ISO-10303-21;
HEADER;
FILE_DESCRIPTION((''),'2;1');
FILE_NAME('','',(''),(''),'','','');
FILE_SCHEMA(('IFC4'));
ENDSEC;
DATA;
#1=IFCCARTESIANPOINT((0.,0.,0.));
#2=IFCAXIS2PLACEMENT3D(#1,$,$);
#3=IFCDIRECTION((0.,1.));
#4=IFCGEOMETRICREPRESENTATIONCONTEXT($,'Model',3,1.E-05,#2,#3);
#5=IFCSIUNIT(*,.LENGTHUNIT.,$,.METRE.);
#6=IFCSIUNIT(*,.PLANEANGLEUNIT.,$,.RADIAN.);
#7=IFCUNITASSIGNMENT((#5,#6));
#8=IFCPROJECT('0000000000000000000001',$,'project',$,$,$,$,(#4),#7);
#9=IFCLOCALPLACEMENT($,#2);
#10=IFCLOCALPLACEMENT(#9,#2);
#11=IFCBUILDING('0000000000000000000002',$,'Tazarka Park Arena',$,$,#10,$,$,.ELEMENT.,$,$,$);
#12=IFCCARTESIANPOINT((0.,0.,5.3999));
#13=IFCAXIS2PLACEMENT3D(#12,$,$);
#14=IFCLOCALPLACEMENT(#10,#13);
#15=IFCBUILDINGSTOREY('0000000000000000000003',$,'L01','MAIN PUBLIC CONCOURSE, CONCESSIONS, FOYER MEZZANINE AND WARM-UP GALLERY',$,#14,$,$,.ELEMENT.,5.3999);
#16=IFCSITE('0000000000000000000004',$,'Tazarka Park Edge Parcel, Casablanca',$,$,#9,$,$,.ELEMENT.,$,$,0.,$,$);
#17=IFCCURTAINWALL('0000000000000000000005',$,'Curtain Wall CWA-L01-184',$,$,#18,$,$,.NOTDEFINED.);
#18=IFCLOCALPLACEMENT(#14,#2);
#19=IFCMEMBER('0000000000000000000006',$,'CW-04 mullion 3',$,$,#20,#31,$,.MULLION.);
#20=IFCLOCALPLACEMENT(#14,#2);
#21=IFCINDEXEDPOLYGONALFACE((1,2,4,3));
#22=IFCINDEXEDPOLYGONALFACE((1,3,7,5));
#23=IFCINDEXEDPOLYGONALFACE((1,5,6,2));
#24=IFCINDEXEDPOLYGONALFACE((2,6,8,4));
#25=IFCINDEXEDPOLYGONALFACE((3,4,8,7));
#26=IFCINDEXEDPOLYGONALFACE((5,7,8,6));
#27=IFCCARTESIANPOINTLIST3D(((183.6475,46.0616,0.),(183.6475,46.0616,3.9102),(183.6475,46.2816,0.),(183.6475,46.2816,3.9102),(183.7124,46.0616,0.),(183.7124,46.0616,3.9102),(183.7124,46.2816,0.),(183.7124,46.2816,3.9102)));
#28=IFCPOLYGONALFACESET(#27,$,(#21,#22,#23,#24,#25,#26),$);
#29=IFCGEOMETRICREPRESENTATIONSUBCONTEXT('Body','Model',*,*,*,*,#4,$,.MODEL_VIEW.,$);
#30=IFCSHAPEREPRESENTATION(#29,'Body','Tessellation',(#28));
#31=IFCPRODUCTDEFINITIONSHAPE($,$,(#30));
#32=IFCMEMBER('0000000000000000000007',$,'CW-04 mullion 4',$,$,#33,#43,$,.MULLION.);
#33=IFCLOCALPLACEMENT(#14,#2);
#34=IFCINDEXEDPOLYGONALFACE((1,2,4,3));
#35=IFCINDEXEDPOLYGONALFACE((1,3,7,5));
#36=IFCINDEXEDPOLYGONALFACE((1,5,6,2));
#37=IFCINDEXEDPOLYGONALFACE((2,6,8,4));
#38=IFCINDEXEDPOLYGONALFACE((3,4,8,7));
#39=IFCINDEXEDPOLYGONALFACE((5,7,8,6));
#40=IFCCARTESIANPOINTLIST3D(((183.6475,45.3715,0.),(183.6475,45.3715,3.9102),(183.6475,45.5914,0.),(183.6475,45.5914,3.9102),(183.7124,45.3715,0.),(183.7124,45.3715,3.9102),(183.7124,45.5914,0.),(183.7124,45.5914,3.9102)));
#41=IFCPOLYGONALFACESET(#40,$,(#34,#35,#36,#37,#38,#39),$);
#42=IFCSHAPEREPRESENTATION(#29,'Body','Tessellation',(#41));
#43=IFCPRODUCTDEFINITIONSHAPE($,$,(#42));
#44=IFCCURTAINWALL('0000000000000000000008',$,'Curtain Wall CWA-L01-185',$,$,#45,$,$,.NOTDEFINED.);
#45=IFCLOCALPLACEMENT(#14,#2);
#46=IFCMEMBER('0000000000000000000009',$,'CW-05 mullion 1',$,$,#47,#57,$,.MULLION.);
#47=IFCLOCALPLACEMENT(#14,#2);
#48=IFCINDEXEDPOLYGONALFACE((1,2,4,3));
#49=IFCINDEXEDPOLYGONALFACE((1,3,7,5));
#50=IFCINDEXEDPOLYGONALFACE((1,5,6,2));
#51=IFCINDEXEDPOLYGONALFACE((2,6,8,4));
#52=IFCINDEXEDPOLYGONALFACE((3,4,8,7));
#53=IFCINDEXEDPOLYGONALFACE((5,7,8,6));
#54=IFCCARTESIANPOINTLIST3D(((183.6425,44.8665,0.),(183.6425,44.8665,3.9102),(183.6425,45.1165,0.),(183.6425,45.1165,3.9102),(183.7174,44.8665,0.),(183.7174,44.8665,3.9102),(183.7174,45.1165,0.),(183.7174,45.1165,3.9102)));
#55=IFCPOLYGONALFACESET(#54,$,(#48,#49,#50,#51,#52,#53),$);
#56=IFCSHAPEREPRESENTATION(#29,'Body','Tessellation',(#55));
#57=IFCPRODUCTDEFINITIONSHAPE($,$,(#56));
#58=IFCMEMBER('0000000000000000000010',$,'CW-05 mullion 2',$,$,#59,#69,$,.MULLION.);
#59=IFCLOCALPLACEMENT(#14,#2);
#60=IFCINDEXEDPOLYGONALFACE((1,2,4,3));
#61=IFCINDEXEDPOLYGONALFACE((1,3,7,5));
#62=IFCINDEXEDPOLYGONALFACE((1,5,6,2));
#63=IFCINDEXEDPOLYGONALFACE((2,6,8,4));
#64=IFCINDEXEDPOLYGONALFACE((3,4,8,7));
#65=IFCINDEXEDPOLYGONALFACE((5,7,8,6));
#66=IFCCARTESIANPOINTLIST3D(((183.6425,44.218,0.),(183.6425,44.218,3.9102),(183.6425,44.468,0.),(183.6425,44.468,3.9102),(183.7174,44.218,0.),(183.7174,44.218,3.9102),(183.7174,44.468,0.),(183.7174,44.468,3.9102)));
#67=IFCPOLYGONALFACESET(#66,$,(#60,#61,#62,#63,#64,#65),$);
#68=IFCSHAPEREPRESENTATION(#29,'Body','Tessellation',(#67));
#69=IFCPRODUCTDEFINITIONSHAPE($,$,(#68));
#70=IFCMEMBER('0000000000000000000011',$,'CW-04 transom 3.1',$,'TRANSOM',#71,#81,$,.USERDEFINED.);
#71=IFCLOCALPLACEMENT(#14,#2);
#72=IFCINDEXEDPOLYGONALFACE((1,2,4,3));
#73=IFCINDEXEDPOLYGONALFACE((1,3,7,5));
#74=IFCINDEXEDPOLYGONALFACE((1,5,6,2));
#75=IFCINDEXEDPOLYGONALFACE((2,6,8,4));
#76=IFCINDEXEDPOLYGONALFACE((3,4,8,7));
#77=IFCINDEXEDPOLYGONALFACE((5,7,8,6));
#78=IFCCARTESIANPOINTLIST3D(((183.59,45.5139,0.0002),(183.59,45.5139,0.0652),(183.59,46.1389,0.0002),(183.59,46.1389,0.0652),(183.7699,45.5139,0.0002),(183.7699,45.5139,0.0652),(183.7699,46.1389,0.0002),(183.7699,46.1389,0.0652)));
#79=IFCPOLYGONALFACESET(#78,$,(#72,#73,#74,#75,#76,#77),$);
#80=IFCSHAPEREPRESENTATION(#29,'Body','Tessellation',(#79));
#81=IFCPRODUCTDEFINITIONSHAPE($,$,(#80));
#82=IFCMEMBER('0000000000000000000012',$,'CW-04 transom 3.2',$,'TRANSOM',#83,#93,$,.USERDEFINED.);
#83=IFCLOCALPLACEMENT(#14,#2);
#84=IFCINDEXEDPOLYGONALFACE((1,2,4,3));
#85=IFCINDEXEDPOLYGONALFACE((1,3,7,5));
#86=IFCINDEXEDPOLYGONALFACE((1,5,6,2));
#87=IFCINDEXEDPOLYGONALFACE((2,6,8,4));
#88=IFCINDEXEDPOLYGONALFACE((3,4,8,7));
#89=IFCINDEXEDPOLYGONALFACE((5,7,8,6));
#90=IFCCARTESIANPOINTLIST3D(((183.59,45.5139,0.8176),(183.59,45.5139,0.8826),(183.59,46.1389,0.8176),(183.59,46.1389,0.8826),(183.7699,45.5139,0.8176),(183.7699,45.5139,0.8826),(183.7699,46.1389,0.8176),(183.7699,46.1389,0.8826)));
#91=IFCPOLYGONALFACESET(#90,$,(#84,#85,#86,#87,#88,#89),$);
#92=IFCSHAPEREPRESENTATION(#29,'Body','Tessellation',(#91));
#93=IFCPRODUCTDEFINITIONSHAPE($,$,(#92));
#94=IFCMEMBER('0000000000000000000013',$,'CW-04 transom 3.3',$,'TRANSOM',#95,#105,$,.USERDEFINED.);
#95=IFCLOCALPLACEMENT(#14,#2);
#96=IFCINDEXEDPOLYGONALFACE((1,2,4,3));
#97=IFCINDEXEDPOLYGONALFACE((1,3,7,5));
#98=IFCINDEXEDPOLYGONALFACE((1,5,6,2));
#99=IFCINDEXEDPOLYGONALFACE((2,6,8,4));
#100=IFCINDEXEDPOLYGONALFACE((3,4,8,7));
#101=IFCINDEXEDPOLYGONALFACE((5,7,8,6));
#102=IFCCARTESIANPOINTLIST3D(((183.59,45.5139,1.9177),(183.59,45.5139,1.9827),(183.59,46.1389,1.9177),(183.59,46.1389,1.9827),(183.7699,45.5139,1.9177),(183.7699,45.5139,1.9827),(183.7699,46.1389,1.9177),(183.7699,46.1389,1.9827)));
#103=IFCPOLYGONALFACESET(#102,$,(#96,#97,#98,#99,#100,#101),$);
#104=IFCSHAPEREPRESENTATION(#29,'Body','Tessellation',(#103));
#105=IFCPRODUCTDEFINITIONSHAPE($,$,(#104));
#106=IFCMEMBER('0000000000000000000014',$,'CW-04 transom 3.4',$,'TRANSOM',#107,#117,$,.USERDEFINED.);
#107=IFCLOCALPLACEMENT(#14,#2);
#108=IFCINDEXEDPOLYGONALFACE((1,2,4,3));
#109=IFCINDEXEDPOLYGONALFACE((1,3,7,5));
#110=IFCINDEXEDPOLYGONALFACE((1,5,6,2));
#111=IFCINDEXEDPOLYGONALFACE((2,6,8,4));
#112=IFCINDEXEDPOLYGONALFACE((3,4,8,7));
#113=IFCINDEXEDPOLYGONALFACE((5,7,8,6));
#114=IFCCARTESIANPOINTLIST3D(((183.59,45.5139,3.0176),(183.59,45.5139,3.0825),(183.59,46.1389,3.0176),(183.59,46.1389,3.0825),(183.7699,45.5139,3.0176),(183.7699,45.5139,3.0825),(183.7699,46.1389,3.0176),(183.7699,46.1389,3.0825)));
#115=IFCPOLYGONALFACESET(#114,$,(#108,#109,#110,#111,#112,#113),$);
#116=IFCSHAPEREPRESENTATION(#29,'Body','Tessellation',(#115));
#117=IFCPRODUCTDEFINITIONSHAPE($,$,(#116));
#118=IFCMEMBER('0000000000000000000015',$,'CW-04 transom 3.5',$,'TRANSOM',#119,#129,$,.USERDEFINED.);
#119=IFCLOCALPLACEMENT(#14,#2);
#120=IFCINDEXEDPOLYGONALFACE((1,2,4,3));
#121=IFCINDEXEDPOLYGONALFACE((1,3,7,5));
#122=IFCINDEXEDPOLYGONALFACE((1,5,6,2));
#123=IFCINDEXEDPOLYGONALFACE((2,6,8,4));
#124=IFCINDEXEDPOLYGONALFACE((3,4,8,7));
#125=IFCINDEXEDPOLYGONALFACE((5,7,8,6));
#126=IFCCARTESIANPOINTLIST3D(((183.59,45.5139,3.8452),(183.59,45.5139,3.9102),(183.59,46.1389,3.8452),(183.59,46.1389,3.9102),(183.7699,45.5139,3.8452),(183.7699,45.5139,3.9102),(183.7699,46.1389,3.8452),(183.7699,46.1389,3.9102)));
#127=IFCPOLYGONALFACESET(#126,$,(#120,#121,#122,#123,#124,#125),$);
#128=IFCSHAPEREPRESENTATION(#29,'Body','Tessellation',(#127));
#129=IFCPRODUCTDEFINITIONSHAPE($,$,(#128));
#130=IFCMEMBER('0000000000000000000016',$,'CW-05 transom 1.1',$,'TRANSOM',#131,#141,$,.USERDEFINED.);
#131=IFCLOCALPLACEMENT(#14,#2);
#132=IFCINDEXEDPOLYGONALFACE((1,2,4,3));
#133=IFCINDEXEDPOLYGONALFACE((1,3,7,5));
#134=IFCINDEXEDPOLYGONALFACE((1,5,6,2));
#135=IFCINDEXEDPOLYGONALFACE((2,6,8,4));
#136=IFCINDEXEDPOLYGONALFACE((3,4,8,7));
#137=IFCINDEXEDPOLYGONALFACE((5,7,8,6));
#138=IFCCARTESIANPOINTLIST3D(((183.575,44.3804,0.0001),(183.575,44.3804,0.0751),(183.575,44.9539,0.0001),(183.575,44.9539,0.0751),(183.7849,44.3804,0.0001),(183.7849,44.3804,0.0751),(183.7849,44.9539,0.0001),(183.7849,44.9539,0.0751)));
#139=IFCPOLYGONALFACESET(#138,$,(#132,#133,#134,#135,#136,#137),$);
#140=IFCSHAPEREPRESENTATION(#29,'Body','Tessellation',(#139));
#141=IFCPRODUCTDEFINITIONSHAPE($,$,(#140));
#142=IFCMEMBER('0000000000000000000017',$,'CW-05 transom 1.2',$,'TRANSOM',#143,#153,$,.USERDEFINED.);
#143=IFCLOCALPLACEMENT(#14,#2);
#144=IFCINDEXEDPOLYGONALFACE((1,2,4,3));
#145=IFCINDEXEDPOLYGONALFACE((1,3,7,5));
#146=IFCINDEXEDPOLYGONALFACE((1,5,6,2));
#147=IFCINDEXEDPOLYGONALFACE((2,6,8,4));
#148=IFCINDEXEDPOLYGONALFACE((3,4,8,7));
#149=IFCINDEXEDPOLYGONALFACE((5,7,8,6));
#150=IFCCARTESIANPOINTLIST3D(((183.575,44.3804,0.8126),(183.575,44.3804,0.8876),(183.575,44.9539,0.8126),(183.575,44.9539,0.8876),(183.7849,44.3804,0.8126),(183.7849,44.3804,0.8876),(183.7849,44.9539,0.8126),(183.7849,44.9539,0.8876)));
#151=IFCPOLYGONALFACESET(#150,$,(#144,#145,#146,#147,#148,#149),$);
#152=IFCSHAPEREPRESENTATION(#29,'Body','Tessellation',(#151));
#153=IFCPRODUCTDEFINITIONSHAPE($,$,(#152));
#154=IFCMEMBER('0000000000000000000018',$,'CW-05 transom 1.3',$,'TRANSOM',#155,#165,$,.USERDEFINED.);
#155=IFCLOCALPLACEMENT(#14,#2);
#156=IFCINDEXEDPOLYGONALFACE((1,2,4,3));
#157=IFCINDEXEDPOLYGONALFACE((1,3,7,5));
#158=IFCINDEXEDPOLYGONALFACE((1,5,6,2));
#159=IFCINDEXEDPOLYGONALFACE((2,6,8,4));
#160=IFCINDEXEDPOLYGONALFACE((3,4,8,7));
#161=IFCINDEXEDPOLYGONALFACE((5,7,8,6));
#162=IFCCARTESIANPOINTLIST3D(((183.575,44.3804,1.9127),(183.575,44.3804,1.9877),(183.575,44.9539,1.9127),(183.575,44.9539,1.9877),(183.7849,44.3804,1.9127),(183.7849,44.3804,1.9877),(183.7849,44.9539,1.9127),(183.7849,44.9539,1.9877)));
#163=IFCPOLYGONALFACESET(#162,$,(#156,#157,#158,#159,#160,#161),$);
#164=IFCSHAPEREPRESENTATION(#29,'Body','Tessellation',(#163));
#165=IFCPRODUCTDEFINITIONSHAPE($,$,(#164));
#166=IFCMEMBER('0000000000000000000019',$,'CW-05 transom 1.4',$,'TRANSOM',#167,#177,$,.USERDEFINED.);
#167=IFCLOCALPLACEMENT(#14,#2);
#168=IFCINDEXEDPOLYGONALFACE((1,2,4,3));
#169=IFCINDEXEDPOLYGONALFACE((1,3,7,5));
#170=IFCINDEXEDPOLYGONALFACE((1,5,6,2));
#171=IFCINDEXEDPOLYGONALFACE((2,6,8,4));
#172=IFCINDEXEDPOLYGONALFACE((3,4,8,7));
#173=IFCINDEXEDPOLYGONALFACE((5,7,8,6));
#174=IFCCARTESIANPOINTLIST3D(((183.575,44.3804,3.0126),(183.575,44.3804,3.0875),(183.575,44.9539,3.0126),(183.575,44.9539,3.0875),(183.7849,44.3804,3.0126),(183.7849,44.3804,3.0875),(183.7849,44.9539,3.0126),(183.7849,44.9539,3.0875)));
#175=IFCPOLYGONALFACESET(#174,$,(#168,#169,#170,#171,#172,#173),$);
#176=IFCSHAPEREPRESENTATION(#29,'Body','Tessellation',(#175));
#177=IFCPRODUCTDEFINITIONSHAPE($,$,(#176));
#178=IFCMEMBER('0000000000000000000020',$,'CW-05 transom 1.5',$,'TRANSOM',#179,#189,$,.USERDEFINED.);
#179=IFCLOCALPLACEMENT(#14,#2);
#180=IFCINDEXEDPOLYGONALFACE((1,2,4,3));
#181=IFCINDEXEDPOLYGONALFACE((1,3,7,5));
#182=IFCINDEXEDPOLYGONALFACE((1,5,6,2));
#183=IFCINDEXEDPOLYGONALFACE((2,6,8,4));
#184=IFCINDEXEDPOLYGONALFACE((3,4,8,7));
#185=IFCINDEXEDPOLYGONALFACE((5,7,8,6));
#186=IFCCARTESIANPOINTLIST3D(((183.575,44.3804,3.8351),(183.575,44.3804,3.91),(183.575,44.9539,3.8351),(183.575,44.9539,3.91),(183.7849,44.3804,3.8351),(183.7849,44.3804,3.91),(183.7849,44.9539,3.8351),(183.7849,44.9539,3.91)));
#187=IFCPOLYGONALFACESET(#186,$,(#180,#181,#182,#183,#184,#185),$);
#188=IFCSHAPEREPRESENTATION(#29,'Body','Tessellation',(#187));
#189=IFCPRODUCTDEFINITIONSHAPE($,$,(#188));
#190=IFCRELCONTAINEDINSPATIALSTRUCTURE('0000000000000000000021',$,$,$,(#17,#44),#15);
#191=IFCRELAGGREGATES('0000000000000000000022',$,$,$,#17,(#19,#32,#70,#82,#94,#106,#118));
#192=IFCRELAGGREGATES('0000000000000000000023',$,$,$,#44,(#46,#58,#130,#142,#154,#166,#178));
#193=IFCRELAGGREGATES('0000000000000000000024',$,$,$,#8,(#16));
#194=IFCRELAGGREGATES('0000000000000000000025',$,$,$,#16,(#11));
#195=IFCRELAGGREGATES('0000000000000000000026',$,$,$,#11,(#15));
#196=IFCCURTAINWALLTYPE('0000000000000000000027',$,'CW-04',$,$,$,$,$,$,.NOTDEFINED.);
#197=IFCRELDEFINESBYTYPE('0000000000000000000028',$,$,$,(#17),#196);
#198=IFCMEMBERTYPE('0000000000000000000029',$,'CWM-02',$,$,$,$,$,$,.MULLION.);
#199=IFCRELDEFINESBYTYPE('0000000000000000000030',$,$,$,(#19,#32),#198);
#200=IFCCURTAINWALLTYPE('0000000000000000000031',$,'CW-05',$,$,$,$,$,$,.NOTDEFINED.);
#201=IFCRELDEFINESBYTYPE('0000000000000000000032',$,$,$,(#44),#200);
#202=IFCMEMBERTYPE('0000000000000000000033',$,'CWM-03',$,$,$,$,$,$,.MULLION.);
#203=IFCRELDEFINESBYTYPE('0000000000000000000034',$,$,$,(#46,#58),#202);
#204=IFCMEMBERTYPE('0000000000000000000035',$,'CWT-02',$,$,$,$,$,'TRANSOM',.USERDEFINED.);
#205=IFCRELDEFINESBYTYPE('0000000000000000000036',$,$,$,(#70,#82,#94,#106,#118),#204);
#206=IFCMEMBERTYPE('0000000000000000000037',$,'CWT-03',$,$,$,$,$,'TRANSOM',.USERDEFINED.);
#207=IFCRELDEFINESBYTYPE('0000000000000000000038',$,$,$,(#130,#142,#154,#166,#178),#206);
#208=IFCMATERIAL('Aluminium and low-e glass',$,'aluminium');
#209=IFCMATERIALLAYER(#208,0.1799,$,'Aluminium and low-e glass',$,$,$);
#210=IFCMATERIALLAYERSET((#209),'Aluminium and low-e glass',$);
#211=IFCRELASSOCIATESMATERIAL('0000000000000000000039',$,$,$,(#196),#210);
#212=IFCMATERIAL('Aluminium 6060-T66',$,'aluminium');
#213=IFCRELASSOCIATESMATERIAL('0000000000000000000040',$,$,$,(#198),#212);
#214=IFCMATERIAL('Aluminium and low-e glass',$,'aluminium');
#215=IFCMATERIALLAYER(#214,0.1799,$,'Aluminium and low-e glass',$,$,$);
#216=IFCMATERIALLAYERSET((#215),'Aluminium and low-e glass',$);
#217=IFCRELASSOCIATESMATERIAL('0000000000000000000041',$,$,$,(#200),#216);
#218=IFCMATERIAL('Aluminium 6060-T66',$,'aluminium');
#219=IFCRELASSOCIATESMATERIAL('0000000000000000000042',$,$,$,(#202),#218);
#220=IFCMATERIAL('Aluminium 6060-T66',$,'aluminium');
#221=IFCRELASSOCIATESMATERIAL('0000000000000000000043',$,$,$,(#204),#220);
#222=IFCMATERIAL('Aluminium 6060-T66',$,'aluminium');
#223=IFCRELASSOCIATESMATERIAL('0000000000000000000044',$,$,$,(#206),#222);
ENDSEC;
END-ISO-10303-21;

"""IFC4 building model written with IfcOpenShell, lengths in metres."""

from ifc_helpers import new_model, si_unit, direction, frame, origin, origin_2d, place, context, subcontext, project, spatial, rectangle, extrude, material, layer, layer_set, material_profile, profile_set, type_object, element, aggregate, save


model = new_model("IFC4")

# Units and contexts
model_context = context("Model", 3, precision=1e-05, world=origin(), true_north=direction((0.0, 1.0)))
body_context = subcontext(model_context, "Body", "Model", "MODEL_VIEW")
ifc_project = project(units=[si_unit("LENGTHUNIT", "METRE"), si_unit("PLANEANGLEUNIT", "RADIAN")], contexts=[model_context])

# Site, building, storey
site_placement = place(None, origin())
site = spatial("IfcSite", under=ifc_project, at=site_placement, Name="Tazarka Park Edge Parcel, Casablanca", CompositionType="ELEMENT", RefElevation=0.0)
building_placement = place(site_placement, origin())
building = spatial("IfcBuilding", under=site, at=building_placement, Name="Tazarka Park Arena", CompositionType="ELEMENT")
storey_placement = place(building_placement, frame((0.0, 0.0, 5.3999)))
storey = spatial("IfcBuildingStorey", under=building, at=storey_placement, Name="L01", Description="MAIN PUBLIC CONCOURSE, CONCESSIONS, FOYER MEZZANINE AND WARM-UP GALLERY", CompositionType="ELEMENT", Elevation=5.3999)

# Curtain walls, members
ifc_material_1 = material(Name="Aluminium and low-e glass", Category="aluminium")
ifc_layer_1 = layer(ifc_material_1, 0.1799, Name="Aluminium and low-e glass")
ifc_layer_set_1 = layer_set([ifc_layer_1], Name="Aluminium and low-e glass")
curtain_wall_type_1 = type_object("IfcCurtainWallType", Name="CW-04", PredefinedType="NOTDEFINED", material=ifc_layer_set_1)
curtain_wall_1_placement = place(storey_placement, origin())
curtain_wall_1 = element("IfcCurtainWall", 1, at=curtain_wall_1_placement, inside=storey, type_object=curtain_wall_type_1, Name="Curtain Wall CWA-L01-184", PredefinedType="NOTDEFINED")
ifc_material_2 = material(Name="Aluminium 6060-T66", Category="aluminium")
ifc_material_profile_1 = material_profile(ifc_material_2, rectangle(XDim=0.0649, YDim=0.22, at=origin_2d()), Name="Aluminium 6060-T66")
ifc_profile_set_1 = profile_set([ifc_material_profile_1], Name="Aluminium 6060-T66")
member_type_1 = type_object("IfcMemberType", Name="CWM-02", PredefinedType="MULLION", material=ifc_profile_set_1)
member_1_placement = place(storey_placement, frame((183.6799, 46.1716, 0.0), z_axis=(0.0, 0.0, 1.0), x_axis=(1.0, 0.0, 0.0)))
member_1 = element("IfcMember", 2, at=member_1_placement, type_object=member_type_1, Name="CW-04 mullion 3", PredefinedType="MULLION", context=body_context, shape_type="SweptSolid", body=[
    extrude(rectangle(XDim=0.0649, YDim=0.22, at=origin_2d()), origin(), (0.0, 0.0, 1.0), 3.9102),
])
member_2_placement = place(storey_placement, frame((183.6799, 45.4814, 0.0), z_axis=(0.0, 0.0, 1.0), x_axis=(1.0, 0.0, 0.0)))
member_2 = element("IfcMember", 3, at=member_2_placement, type_object=member_type_1, Name="CW-04 mullion 4", PredefinedType="MULLION", context=body_context, shape_type="SweptSolid", body=[
    extrude(rectangle(XDim=0.0649, YDim=0.22, at=origin_2d()), origin(), (0.0, 0.0, 1.0), 3.9102),
])
ifc_material_3 = material(Name="Aluminium and low-e glass", Category="aluminium")
ifc_layer_2 = layer(ifc_material_3, 0.1799, Name="Aluminium and low-e glass")
ifc_layer_set_2 = layer_set([ifc_layer_2], Name="Aluminium and low-e glass")
curtain_wall_type_2 = type_object("IfcCurtainWallType", Name="CW-05", PredefinedType="NOTDEFINED", material=ifc_layer_set_2)
curtain_wall_2_placement = place(storey_placement, origin())
curtain_wall_2 = element("IfcCurtainWall", 4, at=curtain_wall_2_placement, inside=storey, type_object=curtain_wall_type_2, Name="Curtain Wall CWA-L01-185", PredefinedType="NOTDEFINED")
ifc_material_4 = material(Name="Aluminium 6060-T66", Category="aluminium")
ifc_material_profile_2 = material_profile(ifc_material_4, rectangle(XDim=0.075, YDim=0.25, at=origin_2d()), Name="Aluminium 6060-T66")
ifc_profile_set_2 = profile_set([ifc_material_profile_2], Name="Aluminium 6060-T66")
member_type_2 = type_object("IfcMemberType", Name="CWM-03", PredefinedType="MULLION", material=ifc_profile_set_2)
member_3_placement = place(storey_placement, frame((183.6799, 44.9915, 0.0), z_axis=(0.0, 0.0, 1.0), x_axis=(1.0, 0.0, 0.0)))
member_3 = element("IfcMember", 5, at=member_3_placement, type_object=member_type_2, Name="CW-05 mullion 1", PredefinedType="MULLION", context=body_context, shape_type="SweptSolid", body=[
    extrude(rectangle(XDim=0.075, YDim=0.25, at=origin_2d()), origin(), (0.0, 0.0, 1.0), 3.9102),
])
member_4_placement = place(storey_placement, frame((183.6799, 44.343, 0.0), z_axis=(0.0, 0.0, 1.0), x_axis=(1.0, 0.0, 0.0)))
member_4 = element("IfcMember", 6, at=member_4_placement, type_object=member_type_2, Name="CW-05 mullion 2", PredefinedType="MULLION", context=body_context, shape_type="SweptSolid", body=[
    extrude(rectangle(XDim=0.075, YDim=0.25, at=origin_2d()), origin(), (0.0, 0.0, 1.0), 3.9102),
])

# Members
ifc_material_5 = material(Name="Aluminium 6060-T66", Category="aluminium")
ifc_material_profile_3 = material_profile(ifc_material_5, rectangle(XDim=0.1799, YDim=0.0649, at=origin_2d()), Name="Aluminium 6060-T66")
ifc_profile_set_3 = profile_set([ifc_material_profile_3], Name="Aluminium 6060-T66")
member_type_3 = type_object("IfcMemberType", Name="CWT-02", ElementType="TRANSOM", PredefinedType="USERDEFINED", material=ifc_profile_set_3)
member_5_placement = place(storey_placement, frame((183.6799, 46.1389, 0.0327), z_axis=(0.0, -1.0, 0.0), x_axis=(1.0, 0.0, 0.0)))
member_5 = element("IfcMember", 7, at=member_5_placement, type_object=member_type_3, Name="CW-04 transom 3.1", ObjectType="TRANSOM", PredefinedType="USERDEFINED", context=body_context, shape_type="SweptSolid", body=[
    extrude(rectangle(XDim=0.1799, YDim=0.0649, at=origin_2d()), origin(), (0.0, 0.0, 1.0), 0.625),
])
member_6_placement = place(storey_placement, frame((183.6799, 46.1389, 0.8501), z_axis=(0.0, -1.0, 0.0), x_axis=(1.0, 0.0, 0.0)))
member_6 = element("IfcMember", 8, at=member_6_placement, type_object=member_type_3, Name="CW-04 transom 3.2", ObjectType="TRANSOM", PredefinedType="USERDEFINED", context=body_context, shape_type="SweptSolid", body=[
    extrude(rectangle(XDim=0.1799, YDim=0.0649, at=origin_2d()), origin(), (0.0, 0.0, 1.0), 0.625),
])
member_7_placement = place(storey_placement, frame((183.6799, 46.1389, 1.9502), z_axis=(0.0, -1.0, 0.0), x_axis=(1.0, 0.0, 0.0)))
member_7 = element("IfcMember", 9, at=member_7_placement, type_object=member_type_3, Name="CW-04 transom 3.3", ObjectType="TRANSOM", PredefinedType="USERDEFINED", context=body_context, shape_type="SweptSolid", body=[
    extrude(rectangle(XDim=0.1799, YDim=0.0649, at=origin_2d()), origin(), (0.0, 0.0, 1.0), 0.625),
])
member_8_placement = place(storey_placement, frame((183.6799, 46.1389, 3.05), z_axis=(0.0, -1.0, 0.0), x_axis=(1.0, 0.0, 0.0)))
member_8 = element("IfcMember", 10, at=member_8_placement, type_object=member_type_3, Name="CW-04 transom 3.4", ObjectType="TRANSOM", PredefinedType="USERDEFINED", context=body_context, shape_type="SweptSolid", body=[
    extrude(rectangle(XDim=0.1799, YDim=0.0649, at=origin_2d()), origin(), (0.0, 0.0, 1.0), 0.625),
])
member_9_placement = place(storey_placement, frame((183.6799, 46.1389, 3.8777), z_axis=(0.0, -1.0, 0.0), x_axis=(1.0, 0.0, 0.0)))
member_9 = element("IfcMember", 11, at=member_9_placement, type_object=member_type_3, Name="CW-04 transom 3.5", ObjectType="TRANSOM", PredefinedType="USERDEFINED", context=body_context, shape_type="SweptSolid", body=[
    extrude(rectangle(XDim=0.1799, YDim=0.0649, at=origin_2d()), origin(), (0.0, 0.0, 1.0), 0.625),
])
ifc_material_6 = material(Name="Aluminium 6060-T66", Category="aluminium")
ifc_material_profile_4 = material_profile(ifc_material_6, rectangle(XDim=0.21, YDim=0.075, at=origin_2d()), Name="Aluminium 6060-T66")
ifc_profile_set_4 = profile_set([ifc_material_profile_4], Name="Aluminium 6060-T66")
member_type_4 = type_object("IfcMemberType", Name="CWT-03", ElementType="TRANSOM", PredefinedType="USERDEFINED", material=ifc_profile_set_4)
member_10_placement = place(storey_placement, frame((183.6799, 44.9539, 0.0376), z_axis=(0.0, -1.0, 0.0), x_axis=(1.0, 0.0, 0.0)))
member_10 = element("IfcMember", 12, at=member_10_placement, type_object=member_type_4, Name="CW-05 transom 1.1", ObjectType="TRANSOM", PredefinedType="USERDEFINED", context=body_context, shape_type="SweptSolid", body=[
    extrude(rectangle(XDim=0.21, YDim=0.075, at=origin_2d()), origin(), (0.0, 0.0, 1.0), 0.5735),
])
member_11_placement = place(storey_placement, frame((183.6799, 44.9539, 0.8501), z_axis=(0.0, -1.0, 0.0), x_axis=(1.0, 0.0, 0.0)))
member_11 = element("IfcMember", 13, at=member_11_placement, type_object=member_type_4, Name="CW-05 transom 1.2", ObjectType="TRANSOM", PredefinedType="USERDEFINED", context=body_context, shape_type="SweptSolid", body=[
    extrude(rectangle(XDim=0.21, YDim=0.075, at=origin_2d()), origin(), (0.0, 0.0, 1.0), 0.5735),
])
member_12_placement = place(storey_placement, frame((183.6799, 44.9539, 1.9502), z_axis=(0.0, -1.0, 0.0), x_axis=(1.0, 0.0, 0.0)))
member_12 = element("IfcMember", 14, at=member_12_placement, type_object=member_type_4, Name="CW-05 transom 1.3", ObjectType="TRANSOM", PredefinedType="USERDEFINED", context=body_context, shape_type="SweptSolid", body=[
    extrude(rectangle(XDim=0.21, YDim=0.075, at=origin_2d()), origin(), (0.0, 0.0, 1.0), 0.5735),
])
member_13_placement = place(storey_placement, frame((183.6799, 44.9539, 3.05), z_axis=(0.0, -1.0, 0.0), x_axis=(1.0, 0.0, 0.0)))
member_13 = element("IfcMember", 15, at=member_13_placement, type_object=member_type_4, Name="CW-05 transom 1.4", ObjectType="TRANSOM", PredefinedType="USERDEFINED", context=body_context, shape_type="SweptSolid", body=[
    extrude(rectangle(XDim=0.21, YDim=0.075, at=origin_2d()), origin(), (0.0, 0.0, 1.0), 0.5735),
])
member_14_placement = place(storey_placement, frame((183.6799, 44.9539, 3.8726), z_axis=(0.0, -1.0, 0.0), x_axis=(1.0, 0.0, 0.0)))
member_14 = element("IfcMember", 16, at=member_14_placement, type_object=member_type_4, Name="CW-05 transom 1.5", ObjectType="TRANSOM", PredefinedType="USERDEFINED", context=body_context, shape_type="SweptSolid", body=[
    extrude(rectangle(XDim=0.21, YDim=0.075, at=origin_2d()), origin(), (0.0, 0.0, 1.0), 0.5735),
])

aggregate(curtain_wall_1, [member_1, member_2, member_5, member_6, member_7, member_8, member_9])
aggregate(curtain_wall_2, [member_3, member_4, member_10, member_11, member_12, member_13, member_14])

save(model, "model.ifc")
